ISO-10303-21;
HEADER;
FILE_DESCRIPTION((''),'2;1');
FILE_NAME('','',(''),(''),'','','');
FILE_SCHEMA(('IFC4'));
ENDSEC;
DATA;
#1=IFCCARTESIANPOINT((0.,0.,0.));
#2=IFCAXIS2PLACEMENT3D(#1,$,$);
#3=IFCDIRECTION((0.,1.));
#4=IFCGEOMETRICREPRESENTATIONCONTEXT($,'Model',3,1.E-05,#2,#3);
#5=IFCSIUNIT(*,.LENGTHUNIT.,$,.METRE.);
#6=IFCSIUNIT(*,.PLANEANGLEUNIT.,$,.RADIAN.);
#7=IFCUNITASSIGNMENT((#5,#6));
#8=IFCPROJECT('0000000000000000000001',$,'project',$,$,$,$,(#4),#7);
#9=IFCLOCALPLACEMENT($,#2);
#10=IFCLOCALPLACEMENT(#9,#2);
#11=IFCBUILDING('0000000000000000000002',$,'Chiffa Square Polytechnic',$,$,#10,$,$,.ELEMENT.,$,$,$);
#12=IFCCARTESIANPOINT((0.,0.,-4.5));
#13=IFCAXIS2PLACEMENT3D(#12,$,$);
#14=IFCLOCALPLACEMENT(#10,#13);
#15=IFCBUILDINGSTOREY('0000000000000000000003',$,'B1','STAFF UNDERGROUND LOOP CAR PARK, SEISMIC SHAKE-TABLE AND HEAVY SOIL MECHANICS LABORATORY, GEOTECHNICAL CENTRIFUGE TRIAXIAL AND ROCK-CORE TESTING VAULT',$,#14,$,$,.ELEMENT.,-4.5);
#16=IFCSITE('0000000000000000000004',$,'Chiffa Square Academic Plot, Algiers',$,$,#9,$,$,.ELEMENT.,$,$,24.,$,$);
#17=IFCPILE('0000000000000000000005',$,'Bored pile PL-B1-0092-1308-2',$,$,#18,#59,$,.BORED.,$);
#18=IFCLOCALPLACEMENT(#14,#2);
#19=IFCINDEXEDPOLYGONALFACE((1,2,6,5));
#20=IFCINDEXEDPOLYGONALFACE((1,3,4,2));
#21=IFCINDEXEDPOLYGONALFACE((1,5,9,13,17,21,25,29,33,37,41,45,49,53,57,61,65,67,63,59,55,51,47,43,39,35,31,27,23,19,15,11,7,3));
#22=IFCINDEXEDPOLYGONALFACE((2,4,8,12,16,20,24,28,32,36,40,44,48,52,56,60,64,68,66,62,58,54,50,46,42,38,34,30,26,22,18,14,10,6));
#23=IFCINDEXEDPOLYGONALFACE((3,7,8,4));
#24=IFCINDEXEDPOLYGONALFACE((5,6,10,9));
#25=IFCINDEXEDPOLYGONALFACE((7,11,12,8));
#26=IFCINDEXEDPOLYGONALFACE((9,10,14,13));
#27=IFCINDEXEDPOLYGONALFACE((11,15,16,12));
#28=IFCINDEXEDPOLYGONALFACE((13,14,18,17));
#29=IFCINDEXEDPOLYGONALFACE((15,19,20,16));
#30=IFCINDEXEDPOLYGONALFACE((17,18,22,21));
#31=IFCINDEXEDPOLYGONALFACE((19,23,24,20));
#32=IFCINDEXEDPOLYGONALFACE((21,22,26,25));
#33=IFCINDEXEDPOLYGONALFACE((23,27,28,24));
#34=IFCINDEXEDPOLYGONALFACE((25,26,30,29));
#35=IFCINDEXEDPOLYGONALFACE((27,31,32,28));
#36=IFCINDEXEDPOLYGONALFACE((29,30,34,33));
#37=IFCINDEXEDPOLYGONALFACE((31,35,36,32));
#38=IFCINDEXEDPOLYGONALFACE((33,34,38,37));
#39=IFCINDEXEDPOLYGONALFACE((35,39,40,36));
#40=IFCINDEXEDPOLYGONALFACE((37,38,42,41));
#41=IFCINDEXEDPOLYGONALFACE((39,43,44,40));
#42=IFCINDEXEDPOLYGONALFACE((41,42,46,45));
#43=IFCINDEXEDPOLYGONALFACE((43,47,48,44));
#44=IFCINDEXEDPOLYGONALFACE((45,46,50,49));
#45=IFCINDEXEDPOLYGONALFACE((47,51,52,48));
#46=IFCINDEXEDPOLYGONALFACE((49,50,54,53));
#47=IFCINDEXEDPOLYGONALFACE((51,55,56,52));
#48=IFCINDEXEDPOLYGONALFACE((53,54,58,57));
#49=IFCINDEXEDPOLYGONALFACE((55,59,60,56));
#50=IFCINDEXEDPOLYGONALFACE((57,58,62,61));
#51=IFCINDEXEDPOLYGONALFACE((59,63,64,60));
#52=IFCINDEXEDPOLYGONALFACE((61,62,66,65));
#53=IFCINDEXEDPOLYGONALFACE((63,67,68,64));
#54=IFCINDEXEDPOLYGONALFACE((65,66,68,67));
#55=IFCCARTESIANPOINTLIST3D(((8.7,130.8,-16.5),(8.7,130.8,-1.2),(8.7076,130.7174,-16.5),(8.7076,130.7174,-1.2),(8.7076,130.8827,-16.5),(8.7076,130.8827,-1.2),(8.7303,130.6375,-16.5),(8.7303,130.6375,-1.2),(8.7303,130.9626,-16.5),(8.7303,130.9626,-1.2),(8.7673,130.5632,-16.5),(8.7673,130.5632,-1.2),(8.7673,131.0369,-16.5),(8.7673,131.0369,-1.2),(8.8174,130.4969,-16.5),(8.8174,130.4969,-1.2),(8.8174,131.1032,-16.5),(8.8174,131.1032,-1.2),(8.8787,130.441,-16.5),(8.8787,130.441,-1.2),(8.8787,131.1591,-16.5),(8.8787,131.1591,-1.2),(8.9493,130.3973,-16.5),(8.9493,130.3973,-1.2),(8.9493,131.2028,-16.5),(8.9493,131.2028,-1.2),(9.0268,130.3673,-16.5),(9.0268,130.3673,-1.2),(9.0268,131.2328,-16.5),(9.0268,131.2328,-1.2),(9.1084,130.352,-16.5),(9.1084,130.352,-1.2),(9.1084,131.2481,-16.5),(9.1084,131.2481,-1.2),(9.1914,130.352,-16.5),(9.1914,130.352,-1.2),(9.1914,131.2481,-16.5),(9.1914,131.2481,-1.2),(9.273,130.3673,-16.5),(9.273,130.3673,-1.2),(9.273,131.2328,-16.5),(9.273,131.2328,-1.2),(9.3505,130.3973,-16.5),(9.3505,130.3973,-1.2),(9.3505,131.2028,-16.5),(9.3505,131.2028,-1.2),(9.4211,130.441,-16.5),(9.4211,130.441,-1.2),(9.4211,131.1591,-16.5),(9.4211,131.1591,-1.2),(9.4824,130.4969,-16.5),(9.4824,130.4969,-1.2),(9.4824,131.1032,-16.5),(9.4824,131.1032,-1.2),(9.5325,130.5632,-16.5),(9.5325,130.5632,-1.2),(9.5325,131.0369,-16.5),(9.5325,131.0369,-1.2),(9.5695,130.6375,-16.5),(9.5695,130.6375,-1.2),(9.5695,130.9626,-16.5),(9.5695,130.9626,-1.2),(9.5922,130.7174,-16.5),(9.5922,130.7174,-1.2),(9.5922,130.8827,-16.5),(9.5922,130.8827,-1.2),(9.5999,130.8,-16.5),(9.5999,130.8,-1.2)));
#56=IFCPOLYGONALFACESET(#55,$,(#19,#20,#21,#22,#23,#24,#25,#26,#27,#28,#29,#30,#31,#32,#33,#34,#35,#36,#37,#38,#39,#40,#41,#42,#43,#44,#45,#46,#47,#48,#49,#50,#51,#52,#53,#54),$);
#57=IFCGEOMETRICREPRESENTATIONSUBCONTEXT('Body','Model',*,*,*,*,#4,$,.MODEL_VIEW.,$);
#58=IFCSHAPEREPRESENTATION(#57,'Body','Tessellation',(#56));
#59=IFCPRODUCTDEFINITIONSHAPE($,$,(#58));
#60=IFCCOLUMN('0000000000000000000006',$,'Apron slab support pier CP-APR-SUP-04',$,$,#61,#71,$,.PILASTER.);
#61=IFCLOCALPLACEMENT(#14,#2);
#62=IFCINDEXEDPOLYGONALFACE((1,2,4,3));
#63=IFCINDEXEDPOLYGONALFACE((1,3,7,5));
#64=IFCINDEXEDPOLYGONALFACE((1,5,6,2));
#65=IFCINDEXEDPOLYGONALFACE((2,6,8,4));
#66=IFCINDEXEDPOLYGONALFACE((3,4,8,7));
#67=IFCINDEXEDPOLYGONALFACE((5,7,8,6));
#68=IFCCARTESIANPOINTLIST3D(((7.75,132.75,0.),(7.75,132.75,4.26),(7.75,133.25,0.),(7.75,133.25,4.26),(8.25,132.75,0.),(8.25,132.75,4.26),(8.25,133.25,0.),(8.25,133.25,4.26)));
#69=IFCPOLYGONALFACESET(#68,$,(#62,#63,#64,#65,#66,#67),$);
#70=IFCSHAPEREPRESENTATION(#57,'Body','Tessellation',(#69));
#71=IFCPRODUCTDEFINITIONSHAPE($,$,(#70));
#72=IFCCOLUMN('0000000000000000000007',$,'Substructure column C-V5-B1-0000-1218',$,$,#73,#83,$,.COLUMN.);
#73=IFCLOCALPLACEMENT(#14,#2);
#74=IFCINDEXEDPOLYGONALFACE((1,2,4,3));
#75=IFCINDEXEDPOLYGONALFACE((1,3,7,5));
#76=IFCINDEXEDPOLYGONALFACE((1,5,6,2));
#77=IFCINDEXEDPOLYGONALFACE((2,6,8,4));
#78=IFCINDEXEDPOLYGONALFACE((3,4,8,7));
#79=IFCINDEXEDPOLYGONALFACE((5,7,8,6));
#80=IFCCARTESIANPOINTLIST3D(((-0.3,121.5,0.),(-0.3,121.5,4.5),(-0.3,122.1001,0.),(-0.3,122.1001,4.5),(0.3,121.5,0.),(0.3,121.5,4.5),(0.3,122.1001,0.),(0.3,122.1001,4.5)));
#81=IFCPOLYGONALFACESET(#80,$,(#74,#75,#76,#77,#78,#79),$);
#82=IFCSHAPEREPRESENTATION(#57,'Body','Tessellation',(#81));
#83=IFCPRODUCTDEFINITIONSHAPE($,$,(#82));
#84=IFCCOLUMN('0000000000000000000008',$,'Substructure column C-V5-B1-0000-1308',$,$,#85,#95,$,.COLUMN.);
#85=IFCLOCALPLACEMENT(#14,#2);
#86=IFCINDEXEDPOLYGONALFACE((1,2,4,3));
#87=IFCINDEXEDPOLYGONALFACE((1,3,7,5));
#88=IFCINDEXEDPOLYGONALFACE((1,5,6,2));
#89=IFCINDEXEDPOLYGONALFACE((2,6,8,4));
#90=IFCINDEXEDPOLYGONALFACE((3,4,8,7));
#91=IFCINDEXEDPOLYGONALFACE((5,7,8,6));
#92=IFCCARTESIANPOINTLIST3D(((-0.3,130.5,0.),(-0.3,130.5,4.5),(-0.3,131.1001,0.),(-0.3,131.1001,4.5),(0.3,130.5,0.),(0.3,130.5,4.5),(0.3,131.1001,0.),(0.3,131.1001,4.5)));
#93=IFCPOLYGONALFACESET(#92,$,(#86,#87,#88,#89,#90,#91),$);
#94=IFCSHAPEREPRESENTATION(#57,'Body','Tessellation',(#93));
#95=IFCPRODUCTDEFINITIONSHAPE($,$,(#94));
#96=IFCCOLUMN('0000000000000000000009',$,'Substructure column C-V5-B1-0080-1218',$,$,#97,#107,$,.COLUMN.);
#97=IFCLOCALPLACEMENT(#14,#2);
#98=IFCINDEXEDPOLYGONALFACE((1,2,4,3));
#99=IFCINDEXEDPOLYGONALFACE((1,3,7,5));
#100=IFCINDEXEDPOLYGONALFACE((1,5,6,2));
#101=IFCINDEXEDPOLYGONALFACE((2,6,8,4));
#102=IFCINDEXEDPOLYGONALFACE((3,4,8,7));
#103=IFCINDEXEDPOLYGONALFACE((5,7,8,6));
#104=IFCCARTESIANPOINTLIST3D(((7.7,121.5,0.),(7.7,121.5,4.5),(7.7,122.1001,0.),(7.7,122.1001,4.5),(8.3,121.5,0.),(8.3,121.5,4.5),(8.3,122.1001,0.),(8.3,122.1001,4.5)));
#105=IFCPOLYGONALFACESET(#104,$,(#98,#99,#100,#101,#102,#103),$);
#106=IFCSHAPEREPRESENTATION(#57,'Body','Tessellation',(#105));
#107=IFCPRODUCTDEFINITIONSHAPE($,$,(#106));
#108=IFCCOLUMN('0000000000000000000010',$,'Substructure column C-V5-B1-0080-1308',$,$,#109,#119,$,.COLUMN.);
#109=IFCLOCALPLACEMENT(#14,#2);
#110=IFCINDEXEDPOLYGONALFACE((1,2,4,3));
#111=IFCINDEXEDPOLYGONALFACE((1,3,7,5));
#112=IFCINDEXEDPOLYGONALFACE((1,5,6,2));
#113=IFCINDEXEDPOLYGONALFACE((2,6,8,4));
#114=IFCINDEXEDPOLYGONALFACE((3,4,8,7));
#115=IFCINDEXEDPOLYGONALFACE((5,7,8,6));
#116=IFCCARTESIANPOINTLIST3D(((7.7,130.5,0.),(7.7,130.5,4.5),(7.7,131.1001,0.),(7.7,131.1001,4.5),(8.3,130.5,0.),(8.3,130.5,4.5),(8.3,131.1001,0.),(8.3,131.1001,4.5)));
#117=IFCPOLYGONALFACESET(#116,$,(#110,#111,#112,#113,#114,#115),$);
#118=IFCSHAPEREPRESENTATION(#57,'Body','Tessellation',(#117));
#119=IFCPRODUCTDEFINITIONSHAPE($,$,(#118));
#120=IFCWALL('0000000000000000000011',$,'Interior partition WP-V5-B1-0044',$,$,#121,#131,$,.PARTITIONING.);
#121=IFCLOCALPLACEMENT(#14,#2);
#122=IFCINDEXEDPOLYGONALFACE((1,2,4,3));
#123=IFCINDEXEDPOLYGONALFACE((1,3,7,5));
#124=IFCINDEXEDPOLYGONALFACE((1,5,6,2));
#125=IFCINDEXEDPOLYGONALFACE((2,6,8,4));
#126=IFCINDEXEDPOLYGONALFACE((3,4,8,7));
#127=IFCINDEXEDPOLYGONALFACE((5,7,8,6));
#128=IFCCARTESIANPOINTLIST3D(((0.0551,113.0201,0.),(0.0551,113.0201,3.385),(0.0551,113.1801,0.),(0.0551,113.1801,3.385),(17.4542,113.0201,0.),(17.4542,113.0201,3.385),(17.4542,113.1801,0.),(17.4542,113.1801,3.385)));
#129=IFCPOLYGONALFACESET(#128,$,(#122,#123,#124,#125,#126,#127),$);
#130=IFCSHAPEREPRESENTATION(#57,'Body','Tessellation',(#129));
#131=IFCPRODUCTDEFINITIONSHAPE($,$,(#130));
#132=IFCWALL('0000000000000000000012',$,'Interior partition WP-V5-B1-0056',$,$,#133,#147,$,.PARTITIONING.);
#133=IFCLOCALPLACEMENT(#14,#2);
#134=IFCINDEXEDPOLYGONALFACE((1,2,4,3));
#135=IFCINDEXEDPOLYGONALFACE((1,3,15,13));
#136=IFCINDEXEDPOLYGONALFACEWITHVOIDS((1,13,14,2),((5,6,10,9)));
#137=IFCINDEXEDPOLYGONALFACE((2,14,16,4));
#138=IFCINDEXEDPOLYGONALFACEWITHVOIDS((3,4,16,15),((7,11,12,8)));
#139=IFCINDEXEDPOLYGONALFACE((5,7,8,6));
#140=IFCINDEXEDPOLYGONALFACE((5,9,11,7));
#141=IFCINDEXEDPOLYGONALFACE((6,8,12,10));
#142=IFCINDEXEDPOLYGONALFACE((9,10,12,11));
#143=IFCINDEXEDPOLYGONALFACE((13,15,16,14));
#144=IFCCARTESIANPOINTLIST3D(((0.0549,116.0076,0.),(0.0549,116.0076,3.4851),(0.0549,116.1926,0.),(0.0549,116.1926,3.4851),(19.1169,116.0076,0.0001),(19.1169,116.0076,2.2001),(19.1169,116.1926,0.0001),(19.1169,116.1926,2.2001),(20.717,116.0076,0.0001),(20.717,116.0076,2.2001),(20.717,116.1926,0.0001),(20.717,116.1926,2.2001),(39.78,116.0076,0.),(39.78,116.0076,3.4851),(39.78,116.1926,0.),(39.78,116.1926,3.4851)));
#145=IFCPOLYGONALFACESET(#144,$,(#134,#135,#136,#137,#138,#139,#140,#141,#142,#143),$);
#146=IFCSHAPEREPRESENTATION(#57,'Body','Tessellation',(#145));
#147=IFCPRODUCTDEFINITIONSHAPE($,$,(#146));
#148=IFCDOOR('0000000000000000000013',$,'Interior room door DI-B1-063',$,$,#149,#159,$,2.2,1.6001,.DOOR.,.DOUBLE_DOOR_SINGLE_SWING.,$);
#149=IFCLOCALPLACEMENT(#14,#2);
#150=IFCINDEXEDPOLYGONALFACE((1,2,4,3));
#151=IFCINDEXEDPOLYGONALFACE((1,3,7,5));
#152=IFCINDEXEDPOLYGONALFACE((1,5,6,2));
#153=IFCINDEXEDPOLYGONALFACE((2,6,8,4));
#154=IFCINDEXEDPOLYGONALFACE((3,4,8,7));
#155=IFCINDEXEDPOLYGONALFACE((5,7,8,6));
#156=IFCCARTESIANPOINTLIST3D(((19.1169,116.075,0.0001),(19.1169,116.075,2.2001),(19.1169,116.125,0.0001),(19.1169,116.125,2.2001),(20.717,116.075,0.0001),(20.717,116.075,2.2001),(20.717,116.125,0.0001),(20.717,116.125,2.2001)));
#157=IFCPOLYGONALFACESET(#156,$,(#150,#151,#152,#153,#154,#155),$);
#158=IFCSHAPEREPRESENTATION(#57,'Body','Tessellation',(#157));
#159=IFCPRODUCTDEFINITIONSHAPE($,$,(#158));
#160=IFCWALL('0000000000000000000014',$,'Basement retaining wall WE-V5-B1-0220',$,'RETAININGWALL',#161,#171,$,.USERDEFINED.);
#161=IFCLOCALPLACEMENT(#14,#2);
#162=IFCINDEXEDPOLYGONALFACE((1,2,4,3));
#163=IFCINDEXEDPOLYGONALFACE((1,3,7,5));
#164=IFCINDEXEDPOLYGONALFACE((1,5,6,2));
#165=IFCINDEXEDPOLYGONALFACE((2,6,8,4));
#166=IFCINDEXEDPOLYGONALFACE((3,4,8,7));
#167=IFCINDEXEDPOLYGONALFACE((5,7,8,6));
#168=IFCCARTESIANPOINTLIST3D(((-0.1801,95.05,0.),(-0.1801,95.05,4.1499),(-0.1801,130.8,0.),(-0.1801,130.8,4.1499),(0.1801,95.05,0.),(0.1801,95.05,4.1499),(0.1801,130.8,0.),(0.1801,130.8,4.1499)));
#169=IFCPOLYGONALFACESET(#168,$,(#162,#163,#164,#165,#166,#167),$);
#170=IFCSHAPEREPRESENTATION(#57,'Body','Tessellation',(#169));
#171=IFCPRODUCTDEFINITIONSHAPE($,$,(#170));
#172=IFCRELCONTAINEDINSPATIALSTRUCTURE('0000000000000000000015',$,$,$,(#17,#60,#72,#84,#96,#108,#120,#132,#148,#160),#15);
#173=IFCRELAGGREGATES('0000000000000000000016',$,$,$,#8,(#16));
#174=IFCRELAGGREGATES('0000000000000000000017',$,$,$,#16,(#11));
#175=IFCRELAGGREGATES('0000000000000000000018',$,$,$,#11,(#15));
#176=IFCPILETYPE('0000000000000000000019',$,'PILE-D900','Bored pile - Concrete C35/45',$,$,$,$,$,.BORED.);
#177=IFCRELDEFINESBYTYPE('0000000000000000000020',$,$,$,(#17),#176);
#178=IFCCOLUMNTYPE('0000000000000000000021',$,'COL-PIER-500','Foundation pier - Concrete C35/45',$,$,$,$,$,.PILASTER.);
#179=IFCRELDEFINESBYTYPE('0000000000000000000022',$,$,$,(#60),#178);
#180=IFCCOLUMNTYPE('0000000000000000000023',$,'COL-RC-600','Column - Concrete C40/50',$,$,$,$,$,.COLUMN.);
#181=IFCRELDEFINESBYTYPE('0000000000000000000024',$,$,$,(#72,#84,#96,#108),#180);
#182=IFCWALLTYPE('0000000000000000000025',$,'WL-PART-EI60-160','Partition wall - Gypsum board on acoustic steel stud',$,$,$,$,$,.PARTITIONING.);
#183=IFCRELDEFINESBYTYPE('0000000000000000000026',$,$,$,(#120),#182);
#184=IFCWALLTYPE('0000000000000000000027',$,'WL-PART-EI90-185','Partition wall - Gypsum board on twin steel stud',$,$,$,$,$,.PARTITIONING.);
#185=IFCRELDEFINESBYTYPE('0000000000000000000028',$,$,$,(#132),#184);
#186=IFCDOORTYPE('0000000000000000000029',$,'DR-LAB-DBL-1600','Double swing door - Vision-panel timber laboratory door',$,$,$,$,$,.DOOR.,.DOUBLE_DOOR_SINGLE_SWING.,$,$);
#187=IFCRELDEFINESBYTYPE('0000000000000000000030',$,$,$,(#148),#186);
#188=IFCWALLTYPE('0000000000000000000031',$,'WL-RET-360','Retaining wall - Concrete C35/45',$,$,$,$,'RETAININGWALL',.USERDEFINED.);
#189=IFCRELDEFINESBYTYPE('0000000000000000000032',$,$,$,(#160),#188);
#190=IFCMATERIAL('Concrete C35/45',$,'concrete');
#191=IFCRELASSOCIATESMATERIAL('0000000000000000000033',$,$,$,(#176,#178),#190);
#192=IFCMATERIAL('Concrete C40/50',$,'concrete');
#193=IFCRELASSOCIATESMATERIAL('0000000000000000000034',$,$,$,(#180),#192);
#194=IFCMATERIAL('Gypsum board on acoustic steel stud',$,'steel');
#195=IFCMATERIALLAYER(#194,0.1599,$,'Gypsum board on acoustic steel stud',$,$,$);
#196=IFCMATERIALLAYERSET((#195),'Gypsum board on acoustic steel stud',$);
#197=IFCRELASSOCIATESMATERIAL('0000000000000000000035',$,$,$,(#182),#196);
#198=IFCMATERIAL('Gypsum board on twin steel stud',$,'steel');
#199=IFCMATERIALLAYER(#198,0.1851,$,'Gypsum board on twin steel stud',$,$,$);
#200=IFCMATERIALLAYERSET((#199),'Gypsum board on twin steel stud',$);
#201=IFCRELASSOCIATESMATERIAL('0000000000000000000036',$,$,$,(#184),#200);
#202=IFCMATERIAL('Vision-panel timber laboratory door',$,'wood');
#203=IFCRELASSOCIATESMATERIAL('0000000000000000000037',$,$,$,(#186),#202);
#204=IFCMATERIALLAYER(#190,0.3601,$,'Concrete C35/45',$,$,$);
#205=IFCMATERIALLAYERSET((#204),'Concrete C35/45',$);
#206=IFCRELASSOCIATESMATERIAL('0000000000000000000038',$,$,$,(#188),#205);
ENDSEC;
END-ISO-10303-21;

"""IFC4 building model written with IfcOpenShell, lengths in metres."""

from ifc_helpers import new_model, si_unit, direction, frame, frame_2d, origin, origin_2d, place, context, subcontext, project, spatial, rectangle, circle, extrude, material, layer, layer_set, material_profile, profile_set, type_object, element, fill, save


model = new_model("IFC4")

# Units and contexts
model_context = context("Model", 3, precision=1e-05, world=origin(), true_north=direction((0.0, 1.0)))
body_context = subcontext(model_context, "Body", "Model", "MODEL_VIEW")
ifc_project = project(units=[si_unit("LENGTHUNIT", "METRE"), si_unit("PLANEANGLEUNIT", "RADIAN")], contexts=[model_context])

# Site, building, storey
site_placement = place(None, origin())
site = spatial("IfcSite", under=ifc_project, at=site_placement, Name="Chiffa Square Academic Plot, Algiers", CompositionType="ELEMENT", RefElevation=24.0)
building_placement = place(site_placement, origin())
building = spatial("IfcBuilding", under=site, at=building_placement, Name="Chiffa Square Polytechnic", CompositionType="ELEMENT")
storey_placement = place(building_placement, frame((0.0, 0.0, -4.5)))
storey = spatial("IfcBuildingStorey", under=building, at=storey_placement, Name="B1", Description="STAFF UNDERGROUND LOOP CAR PARK, SEISMIC SHAKE-TABLE AND HEAVY SOIL MECHANICS LABORATORY, GEOTECHNICAL CENTRIFUGE TRIAXIAL AND ROCK-CORE TESTING VAULT", CompositionType="ELEMENT", Elevation=-4.5)

# Shared definitions
ifc_material_1 = material(Name="Concrete C35/45", Category="concrete")

# Pile
ifc_material_profile_1 = material_profile(ifc_material_1, circle(Radius=0.45, at=origin_2d()), Name="PILE D900")
ifc_profile_set_1 = profile_set([ifc_material_profile_1], Name="Concrete C35/45")
pile_type_1 = type_object("IfcPileType", Name="PILE-D900", Description="Bored pile - Concrete C35/45", PredefinedType="BORED", material=ifc_profile_set_1)
for number, where, z_axis, x_axis, name in (
    (1, (9.1499, 130.8, -1.2), (0.0, 0.0, -1.0), (1.0, 0.0, 0.0), "Bored pile PL-B1-0092-1308-2"),
):
    element("IfcPile", number, at=place(storey_placement, frame(where, z_axis=z_axis, x_axis=x_axis)), inside=storey, type_object=pile_type_1, Name=name, PredefinedType="BORED", context=body_context, shape_type="SweptSolid", body=[
        extrude(circle(Radius=0.45, at=origin_2d()), origin(), (0.0, 0.0, 1.0), 15.3),
    ])

# Columns
ifc_material_profile_2 = material_profile(ifc_material_1, rectangle(XDim=0.5, YDim=0.5, at=origin_2d()), Name="RC 500x500")
ifc_profile_set_2 = profile_set([ifc_material_profile_2], Name="Concrete C35/45")
column_type_1 = type_object("IfcColumnType", Name="COL-PIER-500", Description="Foundation pier - Concrete C35/45", PredefinedType="PILASTER", material=ifc_profile_set_2)
column_placement = place(storey_placement, frame((8.0, 133.0, 0.0), z_axis=(0.0, 0.0, 1.0), x_axis=(1.0, 0.0, 0.0)))
element("IfcColumn", 2, at=column_placement, inside=storey, type_object=column_type_1, Name="Apron slab support pier CP-APR-SUP-04", PredefinedType="PILASTER", context=body_context, shape_type="SweptSolid", body=[
    extrude(rectangle(XDim=0.5, YDim=0.5, at=origin_2d()), origin(), (0.0, 0.0, 1.0), 4.26),
])
ifc_material_2 = material(Name="Concrete C40/50", Category="concrete")
ifc_material_profile_3 = material_profile(ifc_material_2, rectangle(XDim=0.6001, YDim=0.6001, at=origin_2d()), Name="RC 600x600")
ifc_profile_set_3 = profile_set([ifc_material_profile_3], Name="Concrete C40/50")
column_type_2 = type_object("IfcColumnType", Name="COL-RC-600", Description="Column - Concrete C40/50", PredefinedType="COLUMN", material=ifc_profile_set_3)
for number, where, z_axis, x_axis, name in (
    (3, (0.0, 121.8, 0.0), (0.0, 0.0, 1.0), (1.0, 0.0, 0.0), "Substructure column C-V5-B1-0000-1218"),
    (4, (0.0, 130.8, 0.0), (0.0, 0.0, 1.0), (1.0, 0.0, 0.0), "Substructure column C-V5-B1-0000-1308"),
    (5, (8.0, 121.8, 0.0), (0.0, 0.0, 1.0), (1.0, 0.0, 0.0), "Substructure column C-V5-B1-0080-1218"),
    (6, (8.0, 130.8, 0.0), (0.0, 0.0, 1.0), (1.0, 0.0, 0.0), "Substructure column C-V5-B1-0080-1308"),
):
    element("IfcColumn", number, at=place(storey_placement, frame(where, z_axis=z_axis, x_axis=x_axis)), inside=storey, type_object=column_type_2, Name=name, PredefinedType="COLUMN", context=body_context, shape_type="SweptSolid", body=[
        extrude(rectangle(XDim=0.6001, YDim=0.6001, at=origin_2d()), origin(), (0.0, 0.0, 1.0), 4.5),
    ])

# Wall
ifc_material_3 = material(Name="Gypsum board on acoustic steel stud", Category="steel")
ifc_layer_1 = layer(ifc_material_3, 0.1599, Name="Gypsum board on acoustic steel stud")
ifc_layer_set_1 = layer_set([ifc_layer_1], Name="Gypsum board on acoustic steel stud")
wall_type_1 = type_object("IfcWallType", Name="WL-PART-EI60-160", Description="Partition wall - Gypsum board on acoustic steel stud", PredefinedType="PARTITIONING", material=ifc_layer_set_1)
wall_1_placement = place(storey_placement, frame((0.0549, 113.1001, 0.0), z_axis=(0.0, 0.0, 1.0), x_axis=(1.0, 0.0, 0.0)))
element("IfcWall", 7, at=wall_1_placement, inside=storey, type_object=wall_type_1, Name="Interior partition WP-V5-B1-0044", PredefinedType="PARTITIONING", context=body_context, shape_type="SweptSolid", body=[
    extrude(rectangle(XDim=17.3992, YDim=0.1599, at=frame_2d((8.6997, 0.0))), origin(), (0.0, 0.0, 1.0), 3.385),
])

# Wall, opening, door
ifc_material_4 = material(Name="Gypsum board on twin steel stud", Category="steel")
ifc_layer_2 = layer(ifc_material_4, 0.1851, Name="Gypsum board on twin steel stud")
ifc_layer_set_2 = layer_set([ifc_layer_2], Name="Gypsum board on twin steel stud")
wall_type_2 = type_object("IfcWallType", Name="WL-PART-EI90-185", Description="Partition wall - Gypsum board on twin steel stud", PredefinedType="PARTITIONING", material=ifc_layer_set_2)
wall_2_placement = place(storey_placement, frame((0.0549, 116.1001, 0.0), z_axis=(0.0, 0.0, 1.0), x_axis=(1.0, 0.0, 0.0)))
wall_2 = element("IfcWall", 8, at=wall_2_placement, inside=storey, type_object=wall_type_2, Name="Interior partition WP-V5-B1-0056", PredefinedType="PARTITIONING", context=body_context, shape_type="SweptSolid", body=[
    extrude(rectangle(XDim=39.7251, YDim=0.1851, at=frame_2d((19.8625, 0.0))), origin(), (0.0, 0.0, 1.0), 3.4851),
])
opening_placement = place(wall_2_placement, frame((19.062, 0.0, 0.0)))
opening = element("IfcOpeningElement", 9, at=opening_placement, cuts=wall_2, PredefinedType="OPENING", context=body_context, shape_type="SweptSolid", body=[
    extrude(rectangle(XDim=1.6001, YDim=2.2, at=frame_2d((0.8, 1.1001))), frame((0.0, 0.1025, 0.0), z_axis=(0.0, -1.0, 0.0), x_axis=(1.0, 0.0, 0.0)), (0.0, 0.0, 1.0), 0.2051),
])
ifc_material_5 = material(Name="Vision-panel timber laboratory door", Category="wood")
door_type = type_object("IfcDoorType", Name="DR-LAB-DBL-1600", Description="Double swing door - Vision-panel timber laboratory door", OperationType="DOUBLE_DOOR_SINGLE_SWING", PredefinedType="DOOR", material=ifc_material_5)
door_placement = place(opening_placement, origin())
door = element("IfcDoor", 10, at=door_placement, inside=storey, type_object=door_type, Name="Interior room door DI-B1-063", OperationType="DOUBLE_DOOR_SINGLE_SWING", OverallHeight=2.2, OverallWidth=1.6001, PredefinedType="DOOR", context=body_context, shape_type="SweptSolid", body=[
    extrude(rectangle(XDim=1.6001, YDim=2.2, at=frame_2d((0.8, 1.1001))), frame((0.0, 0.0249, 0.0), z_axis=(0.0, -1.0, 0.0), x_axis=(1.0, 0.0, 0.0)), (0.0, 0.0, 1.0), 0.05),
])
fill(opening, door)

# Wall
ifc_layer_3 = layer(ifc_material_1, 0.3601, Name="Concrete C35/45")
ifc_layer_set_3 = layer_set([ifc_layer_3], Name="Concrete C35/45")
wall_type_3 = type_object("IfcWallType", Name="WL-RET-360", Description="Retaining wall - Concrete C35/45", ElementType="RETAININGWALL", PredefinedType="USERDEFINED", material=ifc_layer_set_3)
wall_3_placement = place(storey_placement, frame((0.0, 130.8, 0.0), z_axis=(0.0, 0.0, 1.0), x_axis=(0.0, -1.0, 0.0)))
element("IfcWall", 11, at=wall_3_placement, inside=storey, type_object=wall_type_3, Name="Basement retaining wall WE-V5-B1-0220", ObjectType="RETAININGWALL", PredefinedType="USERDEFINED", context=body_context, shape_type="SweptSolid", body=[
    extrude(rectangle(XDim=35.75, YDim=0.3601, at=frame_2d((17.875, 0.0))), origin(), (0.0, 0.0, 1.0), 4.1499),
])

save(model, "model.ifc")
